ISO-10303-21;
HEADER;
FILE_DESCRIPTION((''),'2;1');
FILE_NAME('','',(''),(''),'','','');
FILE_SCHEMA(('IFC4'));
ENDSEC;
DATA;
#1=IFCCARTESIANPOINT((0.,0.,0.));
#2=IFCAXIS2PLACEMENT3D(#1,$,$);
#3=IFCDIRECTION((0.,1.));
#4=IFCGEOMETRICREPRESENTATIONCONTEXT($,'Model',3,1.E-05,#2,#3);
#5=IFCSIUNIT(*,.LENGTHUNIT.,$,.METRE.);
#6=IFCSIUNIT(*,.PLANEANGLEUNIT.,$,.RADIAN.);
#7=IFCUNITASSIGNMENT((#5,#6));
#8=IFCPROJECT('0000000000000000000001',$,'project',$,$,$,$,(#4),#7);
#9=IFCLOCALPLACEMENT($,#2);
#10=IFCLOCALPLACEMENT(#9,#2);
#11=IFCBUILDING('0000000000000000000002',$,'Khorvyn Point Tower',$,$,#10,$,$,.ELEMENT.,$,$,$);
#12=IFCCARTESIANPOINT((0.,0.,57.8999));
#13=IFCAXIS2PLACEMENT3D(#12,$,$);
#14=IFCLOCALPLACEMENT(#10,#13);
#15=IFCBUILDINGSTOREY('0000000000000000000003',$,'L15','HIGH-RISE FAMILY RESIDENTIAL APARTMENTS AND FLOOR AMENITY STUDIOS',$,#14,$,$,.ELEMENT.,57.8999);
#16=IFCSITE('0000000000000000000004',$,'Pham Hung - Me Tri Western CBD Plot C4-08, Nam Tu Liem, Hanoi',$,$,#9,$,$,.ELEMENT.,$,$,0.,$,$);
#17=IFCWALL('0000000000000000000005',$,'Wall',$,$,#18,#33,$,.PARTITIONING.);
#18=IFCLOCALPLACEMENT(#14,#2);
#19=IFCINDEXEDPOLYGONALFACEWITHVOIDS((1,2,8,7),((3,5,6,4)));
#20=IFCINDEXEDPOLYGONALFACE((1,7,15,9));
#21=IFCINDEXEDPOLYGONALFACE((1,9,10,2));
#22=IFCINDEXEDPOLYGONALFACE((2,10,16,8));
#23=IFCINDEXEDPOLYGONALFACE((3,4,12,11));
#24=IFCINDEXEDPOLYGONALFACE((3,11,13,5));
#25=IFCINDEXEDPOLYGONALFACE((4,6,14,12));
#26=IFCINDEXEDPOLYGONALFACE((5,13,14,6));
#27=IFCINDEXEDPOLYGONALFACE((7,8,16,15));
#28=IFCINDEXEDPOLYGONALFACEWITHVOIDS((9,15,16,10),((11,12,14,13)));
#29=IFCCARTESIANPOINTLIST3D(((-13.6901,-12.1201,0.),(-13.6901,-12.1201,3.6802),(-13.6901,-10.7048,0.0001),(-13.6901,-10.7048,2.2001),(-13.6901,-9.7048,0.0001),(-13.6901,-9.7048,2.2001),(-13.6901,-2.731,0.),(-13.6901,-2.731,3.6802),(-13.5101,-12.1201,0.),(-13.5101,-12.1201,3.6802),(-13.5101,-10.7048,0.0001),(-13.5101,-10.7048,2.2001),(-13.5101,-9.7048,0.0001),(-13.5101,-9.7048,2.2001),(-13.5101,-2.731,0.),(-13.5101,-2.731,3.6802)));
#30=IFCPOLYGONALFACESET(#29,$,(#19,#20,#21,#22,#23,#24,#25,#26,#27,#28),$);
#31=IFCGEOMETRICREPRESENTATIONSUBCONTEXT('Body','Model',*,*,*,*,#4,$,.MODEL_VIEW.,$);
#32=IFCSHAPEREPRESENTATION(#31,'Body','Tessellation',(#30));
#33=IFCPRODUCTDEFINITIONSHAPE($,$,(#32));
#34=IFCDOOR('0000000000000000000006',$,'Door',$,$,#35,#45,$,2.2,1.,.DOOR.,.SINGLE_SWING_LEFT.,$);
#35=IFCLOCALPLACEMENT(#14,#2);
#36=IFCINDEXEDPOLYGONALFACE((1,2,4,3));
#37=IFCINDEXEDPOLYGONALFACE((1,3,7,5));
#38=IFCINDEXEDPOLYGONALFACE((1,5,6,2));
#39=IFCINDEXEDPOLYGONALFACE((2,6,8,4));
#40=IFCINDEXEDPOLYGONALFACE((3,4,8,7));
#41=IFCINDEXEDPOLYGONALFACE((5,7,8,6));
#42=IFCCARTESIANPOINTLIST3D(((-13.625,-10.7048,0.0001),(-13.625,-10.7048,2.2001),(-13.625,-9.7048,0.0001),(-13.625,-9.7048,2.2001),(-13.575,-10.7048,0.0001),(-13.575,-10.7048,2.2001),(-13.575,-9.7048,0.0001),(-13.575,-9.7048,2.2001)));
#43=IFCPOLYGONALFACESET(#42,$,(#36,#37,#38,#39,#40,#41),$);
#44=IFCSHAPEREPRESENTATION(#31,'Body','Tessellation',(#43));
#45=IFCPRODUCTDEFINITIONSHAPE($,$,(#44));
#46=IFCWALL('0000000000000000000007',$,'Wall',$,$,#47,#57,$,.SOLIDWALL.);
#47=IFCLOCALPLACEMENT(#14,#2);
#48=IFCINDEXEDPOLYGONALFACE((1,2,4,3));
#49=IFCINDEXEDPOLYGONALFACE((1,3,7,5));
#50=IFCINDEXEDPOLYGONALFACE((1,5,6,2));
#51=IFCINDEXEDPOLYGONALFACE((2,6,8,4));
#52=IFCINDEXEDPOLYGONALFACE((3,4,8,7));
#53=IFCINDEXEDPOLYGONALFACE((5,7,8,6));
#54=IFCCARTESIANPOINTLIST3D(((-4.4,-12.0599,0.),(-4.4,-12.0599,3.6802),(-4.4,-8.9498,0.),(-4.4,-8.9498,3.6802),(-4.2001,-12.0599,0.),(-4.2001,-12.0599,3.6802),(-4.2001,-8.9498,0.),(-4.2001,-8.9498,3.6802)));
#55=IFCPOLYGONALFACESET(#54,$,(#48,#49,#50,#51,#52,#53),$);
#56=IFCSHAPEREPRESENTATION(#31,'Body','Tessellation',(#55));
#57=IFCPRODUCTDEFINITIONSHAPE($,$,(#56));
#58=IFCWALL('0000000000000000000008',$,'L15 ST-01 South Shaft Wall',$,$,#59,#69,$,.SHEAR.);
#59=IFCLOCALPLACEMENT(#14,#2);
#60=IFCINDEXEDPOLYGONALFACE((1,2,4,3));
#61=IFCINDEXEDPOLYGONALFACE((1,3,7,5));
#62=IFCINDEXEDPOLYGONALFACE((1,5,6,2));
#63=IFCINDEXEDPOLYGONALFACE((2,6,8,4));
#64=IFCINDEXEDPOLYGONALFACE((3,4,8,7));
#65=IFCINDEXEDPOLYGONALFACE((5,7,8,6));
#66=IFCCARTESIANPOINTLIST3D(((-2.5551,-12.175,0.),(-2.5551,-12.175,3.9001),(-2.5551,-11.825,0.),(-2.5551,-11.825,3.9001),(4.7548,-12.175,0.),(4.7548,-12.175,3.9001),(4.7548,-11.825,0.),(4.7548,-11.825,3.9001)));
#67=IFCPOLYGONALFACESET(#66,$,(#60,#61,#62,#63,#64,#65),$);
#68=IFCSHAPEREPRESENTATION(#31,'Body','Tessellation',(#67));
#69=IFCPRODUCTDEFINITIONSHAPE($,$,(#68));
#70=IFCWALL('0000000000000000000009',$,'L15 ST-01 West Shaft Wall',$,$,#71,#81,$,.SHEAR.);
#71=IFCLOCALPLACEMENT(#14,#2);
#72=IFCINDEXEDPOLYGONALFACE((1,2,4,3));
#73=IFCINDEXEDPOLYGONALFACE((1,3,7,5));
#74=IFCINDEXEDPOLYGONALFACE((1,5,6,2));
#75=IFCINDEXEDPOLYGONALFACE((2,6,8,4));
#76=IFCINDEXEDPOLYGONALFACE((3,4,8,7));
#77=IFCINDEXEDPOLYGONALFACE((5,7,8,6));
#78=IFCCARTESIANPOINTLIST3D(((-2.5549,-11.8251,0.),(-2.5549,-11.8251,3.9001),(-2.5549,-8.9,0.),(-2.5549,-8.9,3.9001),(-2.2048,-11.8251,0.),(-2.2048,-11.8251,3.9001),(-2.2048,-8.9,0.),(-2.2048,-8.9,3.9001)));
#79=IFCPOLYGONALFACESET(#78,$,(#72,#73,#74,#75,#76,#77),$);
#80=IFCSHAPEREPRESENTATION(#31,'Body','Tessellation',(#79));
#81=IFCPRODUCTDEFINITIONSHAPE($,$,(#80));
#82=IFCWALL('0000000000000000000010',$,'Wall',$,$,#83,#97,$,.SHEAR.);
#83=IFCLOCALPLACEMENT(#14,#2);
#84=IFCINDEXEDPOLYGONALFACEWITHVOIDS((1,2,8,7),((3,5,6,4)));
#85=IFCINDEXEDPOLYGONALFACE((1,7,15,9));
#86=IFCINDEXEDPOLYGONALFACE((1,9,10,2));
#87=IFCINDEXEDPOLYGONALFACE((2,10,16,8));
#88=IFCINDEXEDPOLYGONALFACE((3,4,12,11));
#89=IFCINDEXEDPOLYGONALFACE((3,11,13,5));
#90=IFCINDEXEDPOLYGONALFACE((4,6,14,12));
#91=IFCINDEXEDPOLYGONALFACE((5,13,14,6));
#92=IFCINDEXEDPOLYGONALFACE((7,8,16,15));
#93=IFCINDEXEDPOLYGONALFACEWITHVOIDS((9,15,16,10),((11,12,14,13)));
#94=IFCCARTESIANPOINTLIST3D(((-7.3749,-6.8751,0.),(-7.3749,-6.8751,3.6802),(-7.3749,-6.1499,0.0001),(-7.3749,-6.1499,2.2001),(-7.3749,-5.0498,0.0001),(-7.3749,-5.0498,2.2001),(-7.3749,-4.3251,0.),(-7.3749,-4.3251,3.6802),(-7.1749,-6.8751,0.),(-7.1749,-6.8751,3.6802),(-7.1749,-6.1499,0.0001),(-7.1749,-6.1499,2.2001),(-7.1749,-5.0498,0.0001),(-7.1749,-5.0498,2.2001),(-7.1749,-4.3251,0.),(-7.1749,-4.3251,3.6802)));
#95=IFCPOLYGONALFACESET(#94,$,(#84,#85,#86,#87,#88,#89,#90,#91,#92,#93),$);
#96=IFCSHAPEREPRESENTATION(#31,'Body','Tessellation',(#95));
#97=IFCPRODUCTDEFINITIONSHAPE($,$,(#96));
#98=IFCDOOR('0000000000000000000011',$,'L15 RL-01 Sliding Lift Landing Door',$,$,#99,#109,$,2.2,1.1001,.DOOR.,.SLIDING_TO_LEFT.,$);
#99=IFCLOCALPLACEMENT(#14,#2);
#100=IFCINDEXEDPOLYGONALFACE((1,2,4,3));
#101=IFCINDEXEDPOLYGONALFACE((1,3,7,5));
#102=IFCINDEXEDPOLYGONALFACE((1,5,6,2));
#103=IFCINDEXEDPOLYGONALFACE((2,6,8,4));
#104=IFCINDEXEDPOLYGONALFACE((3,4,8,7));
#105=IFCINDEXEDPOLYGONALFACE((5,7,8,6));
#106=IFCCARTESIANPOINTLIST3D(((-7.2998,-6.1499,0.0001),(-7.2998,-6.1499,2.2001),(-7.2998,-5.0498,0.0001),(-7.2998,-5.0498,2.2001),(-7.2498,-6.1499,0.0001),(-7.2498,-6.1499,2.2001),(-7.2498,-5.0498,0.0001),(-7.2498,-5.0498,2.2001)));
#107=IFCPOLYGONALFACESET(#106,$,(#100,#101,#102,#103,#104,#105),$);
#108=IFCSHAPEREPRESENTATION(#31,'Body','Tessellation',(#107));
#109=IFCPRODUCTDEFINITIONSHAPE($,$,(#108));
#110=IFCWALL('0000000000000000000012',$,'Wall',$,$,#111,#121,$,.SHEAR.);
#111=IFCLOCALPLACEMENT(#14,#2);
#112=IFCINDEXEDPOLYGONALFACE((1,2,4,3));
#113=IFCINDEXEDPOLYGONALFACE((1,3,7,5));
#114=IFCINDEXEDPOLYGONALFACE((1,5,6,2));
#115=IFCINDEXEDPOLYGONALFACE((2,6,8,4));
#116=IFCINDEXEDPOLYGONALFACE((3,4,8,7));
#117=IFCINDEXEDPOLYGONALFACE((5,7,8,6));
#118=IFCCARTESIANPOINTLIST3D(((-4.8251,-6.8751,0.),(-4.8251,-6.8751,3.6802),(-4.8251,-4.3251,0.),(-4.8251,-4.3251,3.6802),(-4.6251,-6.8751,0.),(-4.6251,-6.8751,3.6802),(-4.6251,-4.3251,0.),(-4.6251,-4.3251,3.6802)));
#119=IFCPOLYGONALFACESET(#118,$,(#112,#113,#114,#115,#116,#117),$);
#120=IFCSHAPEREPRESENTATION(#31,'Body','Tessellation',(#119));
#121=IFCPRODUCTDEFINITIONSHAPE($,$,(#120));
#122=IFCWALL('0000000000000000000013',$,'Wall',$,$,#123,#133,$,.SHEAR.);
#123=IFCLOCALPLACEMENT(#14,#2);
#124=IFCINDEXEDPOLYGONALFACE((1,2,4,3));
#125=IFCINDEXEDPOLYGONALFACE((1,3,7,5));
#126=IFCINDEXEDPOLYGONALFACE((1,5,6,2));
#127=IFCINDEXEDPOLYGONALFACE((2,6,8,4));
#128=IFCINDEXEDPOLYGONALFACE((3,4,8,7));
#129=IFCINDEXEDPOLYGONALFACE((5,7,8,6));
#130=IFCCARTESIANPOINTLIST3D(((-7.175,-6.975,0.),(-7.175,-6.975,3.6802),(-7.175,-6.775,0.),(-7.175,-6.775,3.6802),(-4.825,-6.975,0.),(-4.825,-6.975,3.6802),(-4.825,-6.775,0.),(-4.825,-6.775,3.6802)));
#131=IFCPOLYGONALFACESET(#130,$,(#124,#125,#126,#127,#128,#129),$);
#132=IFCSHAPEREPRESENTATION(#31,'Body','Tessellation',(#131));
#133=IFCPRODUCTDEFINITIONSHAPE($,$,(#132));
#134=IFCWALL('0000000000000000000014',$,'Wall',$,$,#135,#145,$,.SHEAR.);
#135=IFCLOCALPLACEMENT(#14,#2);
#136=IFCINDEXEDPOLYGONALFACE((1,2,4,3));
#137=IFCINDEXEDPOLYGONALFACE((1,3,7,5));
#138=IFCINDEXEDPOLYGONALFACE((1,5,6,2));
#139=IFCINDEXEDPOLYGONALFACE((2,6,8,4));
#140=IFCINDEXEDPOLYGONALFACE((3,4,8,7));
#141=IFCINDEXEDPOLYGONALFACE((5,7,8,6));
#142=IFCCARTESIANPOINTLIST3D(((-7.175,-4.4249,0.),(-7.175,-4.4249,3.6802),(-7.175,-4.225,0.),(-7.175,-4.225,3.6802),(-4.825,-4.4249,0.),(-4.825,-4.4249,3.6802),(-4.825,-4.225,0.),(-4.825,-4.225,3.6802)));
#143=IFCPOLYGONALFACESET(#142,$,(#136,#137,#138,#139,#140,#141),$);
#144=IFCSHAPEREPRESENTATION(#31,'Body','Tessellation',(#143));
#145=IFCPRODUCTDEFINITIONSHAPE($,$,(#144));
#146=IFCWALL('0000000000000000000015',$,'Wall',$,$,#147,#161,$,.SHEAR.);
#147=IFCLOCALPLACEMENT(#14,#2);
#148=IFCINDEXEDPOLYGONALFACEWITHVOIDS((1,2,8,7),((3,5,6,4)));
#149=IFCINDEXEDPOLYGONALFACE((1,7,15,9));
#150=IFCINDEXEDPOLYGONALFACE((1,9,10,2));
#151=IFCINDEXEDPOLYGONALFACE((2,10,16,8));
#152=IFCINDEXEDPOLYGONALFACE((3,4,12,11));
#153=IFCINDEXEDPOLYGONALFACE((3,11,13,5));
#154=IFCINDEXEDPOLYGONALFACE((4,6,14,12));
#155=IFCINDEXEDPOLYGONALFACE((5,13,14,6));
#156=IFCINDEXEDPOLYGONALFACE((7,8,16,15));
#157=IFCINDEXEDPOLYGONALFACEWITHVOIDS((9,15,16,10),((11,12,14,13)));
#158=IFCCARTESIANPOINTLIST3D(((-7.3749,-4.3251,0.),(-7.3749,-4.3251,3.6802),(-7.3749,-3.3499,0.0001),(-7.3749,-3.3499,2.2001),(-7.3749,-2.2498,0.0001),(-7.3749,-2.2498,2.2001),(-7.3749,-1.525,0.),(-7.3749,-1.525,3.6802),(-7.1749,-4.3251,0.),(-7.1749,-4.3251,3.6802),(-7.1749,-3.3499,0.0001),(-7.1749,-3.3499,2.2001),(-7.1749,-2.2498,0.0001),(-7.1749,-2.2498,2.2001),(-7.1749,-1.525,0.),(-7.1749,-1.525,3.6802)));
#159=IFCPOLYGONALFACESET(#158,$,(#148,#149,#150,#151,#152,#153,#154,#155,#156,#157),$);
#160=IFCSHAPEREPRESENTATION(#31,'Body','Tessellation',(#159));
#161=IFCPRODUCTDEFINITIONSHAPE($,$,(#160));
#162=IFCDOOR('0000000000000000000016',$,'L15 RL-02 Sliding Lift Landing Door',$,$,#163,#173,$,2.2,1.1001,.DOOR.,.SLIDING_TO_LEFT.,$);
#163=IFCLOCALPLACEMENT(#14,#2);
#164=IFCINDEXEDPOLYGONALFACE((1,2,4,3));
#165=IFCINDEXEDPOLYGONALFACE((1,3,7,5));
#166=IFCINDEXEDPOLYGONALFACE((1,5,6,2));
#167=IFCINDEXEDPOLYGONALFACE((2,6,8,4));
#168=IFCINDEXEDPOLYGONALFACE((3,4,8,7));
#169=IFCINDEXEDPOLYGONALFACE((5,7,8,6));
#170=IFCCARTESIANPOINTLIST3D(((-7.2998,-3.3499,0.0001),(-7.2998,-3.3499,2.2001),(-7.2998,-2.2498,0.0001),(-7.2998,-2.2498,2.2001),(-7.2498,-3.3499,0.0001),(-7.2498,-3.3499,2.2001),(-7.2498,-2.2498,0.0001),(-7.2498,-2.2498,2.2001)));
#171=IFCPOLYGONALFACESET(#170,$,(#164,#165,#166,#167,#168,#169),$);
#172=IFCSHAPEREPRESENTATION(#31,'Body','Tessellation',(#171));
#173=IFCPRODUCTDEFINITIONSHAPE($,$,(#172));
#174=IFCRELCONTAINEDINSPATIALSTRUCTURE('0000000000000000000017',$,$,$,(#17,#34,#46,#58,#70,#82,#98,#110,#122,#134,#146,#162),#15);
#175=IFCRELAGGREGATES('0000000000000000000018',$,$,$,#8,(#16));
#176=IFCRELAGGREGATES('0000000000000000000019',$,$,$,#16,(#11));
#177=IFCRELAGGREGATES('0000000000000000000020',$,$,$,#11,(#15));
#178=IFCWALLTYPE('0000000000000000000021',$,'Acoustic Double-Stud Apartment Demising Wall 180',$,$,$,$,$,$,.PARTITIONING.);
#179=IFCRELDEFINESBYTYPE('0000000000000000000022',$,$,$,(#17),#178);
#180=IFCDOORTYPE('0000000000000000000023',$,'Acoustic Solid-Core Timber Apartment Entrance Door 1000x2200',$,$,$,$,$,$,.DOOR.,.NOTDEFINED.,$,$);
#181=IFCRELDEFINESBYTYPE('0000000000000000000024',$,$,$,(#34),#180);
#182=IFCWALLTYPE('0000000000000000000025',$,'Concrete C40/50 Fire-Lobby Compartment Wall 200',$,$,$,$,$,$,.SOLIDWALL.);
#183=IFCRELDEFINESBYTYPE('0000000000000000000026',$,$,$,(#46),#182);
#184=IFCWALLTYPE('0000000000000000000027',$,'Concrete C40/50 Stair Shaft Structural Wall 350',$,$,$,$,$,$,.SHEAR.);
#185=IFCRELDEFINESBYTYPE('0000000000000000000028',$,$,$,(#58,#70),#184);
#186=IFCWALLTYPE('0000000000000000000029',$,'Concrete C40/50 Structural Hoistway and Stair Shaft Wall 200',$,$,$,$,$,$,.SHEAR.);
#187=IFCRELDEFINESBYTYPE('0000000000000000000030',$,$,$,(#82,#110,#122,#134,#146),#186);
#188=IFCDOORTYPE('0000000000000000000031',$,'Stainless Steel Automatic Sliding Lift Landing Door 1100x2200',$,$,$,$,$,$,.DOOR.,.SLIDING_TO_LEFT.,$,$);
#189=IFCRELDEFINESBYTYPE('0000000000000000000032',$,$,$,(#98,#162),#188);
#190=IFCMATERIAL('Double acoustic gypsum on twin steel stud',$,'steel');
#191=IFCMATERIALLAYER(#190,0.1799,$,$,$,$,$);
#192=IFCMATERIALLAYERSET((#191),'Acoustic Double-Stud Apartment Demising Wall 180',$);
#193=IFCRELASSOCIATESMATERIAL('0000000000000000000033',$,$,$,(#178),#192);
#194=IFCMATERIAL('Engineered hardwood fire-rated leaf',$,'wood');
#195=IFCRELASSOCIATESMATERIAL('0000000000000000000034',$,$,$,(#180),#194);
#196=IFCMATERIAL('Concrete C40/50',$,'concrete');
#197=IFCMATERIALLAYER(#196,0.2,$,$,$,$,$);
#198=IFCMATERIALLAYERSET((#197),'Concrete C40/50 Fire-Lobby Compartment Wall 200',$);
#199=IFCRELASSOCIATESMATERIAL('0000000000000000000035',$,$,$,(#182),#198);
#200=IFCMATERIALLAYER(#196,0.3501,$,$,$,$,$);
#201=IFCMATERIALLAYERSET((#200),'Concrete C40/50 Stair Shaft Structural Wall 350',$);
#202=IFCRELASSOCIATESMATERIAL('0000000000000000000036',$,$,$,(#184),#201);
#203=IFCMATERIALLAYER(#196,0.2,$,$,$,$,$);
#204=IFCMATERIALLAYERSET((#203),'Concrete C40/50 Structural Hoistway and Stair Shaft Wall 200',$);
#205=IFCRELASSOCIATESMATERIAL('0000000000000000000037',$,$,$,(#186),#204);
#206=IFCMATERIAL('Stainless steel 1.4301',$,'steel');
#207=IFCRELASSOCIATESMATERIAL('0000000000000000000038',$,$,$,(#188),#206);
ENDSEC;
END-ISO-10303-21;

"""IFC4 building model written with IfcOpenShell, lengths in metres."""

from ifc_helpers import new_model, si_unit, direction, frame, frame_2d, origin, place, context, subcontext, project, spatial, rectangle, extrude, material, layer, layer_set, type_object, element, fill, save


model = new_model("IFC4")

# Units and contexts
model_context = context("Model", 3, precision=1e-05, world=origin(), true_north=direction((0.0, 1.0)))
body_context = subcontext(model_context, "Body", "Model", "MODEL_VIEW")
ifc_project = project(units=[si_unit("LENGTHUNIT", "METRE"), si_unit("PLANEANGLEUNIT", "RADIAN")], contexts=[model_context])

# Site, building, storey
site_placement = place(None, origin())
site = spatial("IfcSite", under=ifc_project, at=site_placement, Name="Pham Hung - Me Tri Western CBD Plot C4-08, Nam Tu Liem, Hanoi", CompositionType="ELEMENT", RefElevation=0.0)
building_placement = place(site_placement, origin())
building = spatial("IfcBuilding", under=site, at=building_placement, Name="Khorvyn Point Tower", CompositionType="ELEMENT")
storey_placement = place(building_placement, frame((0.0, 0.0, 57.8999)))
storey = spatial("IfcBuildingStorey", under=building, at=storey_placement, Name="L15", Description="HIGH-RISE FAMILY RESIDENTIAL APARTMENTS AND FLOOR AMENITY STUDIOS", CompositionType="ELEMENT", Elevation=57.8999)

# Shared definitions
ifc_material_1 = material(Name="Concrete C40/50", Category="concrete")

# Wall, opening, door
ifc_material_2 = material(Name="Double acoustic gypsum on twin steel stud", Category="steel")
ifc_layer_1 = layer(ifc_material_2, 0.1799)
ifc_layer_set_1 = layer_set([ifc_layer_1], Name="Acoustic Double-Stud Apartment Demising Wall 180")
wall_type_1 = type_object("IfcWallType", Name="Acoustic Double-Stud Apartment Demising Wall 180", PredefinedType="PARTITIONING", material=ifc_layer_set_1)
ifc_material_3 = material(Name="Engineered hardwood fire-rated leaf", Category="wood")
door_type_1 = type_object("IfcDoorType", Name="Acoustic Solid-Core Timber Apartment Entrance Door 1000x2200", OperationType="NOTDEFINED", PredefinedType="DOOR", material=ifc_material_3)
wall_1_placement = place(storey_placement, frame((-13.6001, -12.1201, 0.0), z_axis=(0.0, 0.0, 1.0), x_axis=(0.0, 1.0, 0.0)))
wall_1 = element("IfcWall", 1, at=wall_1_placement, inside=storey, type_object=wall_type_1, Name="Wall", PredefinedType="PARTITIONING", context=body_context, shape_type="SweptSolid", body=[
    extrude(rectangle(XDim=9.3892, YDim=0.1799, at=frame_2d((4.6946, 0.0))), origin(), (0.0, 0.0, 1.0), 3.6802),
])
opening_1_placement = place(wall_1_placement, frame((1.4153, 0.0, 0.0)))
opening_1 = element("IfcOpeningElement", 2, at=opening_1_placement, cuts=wall_1, PredefinedType="OPENING", context=body_context, shape_type="SweptSolid", body=[
    extrude(rectangle(XDim=1.0, YDim=2.2, at=frame_2d((0.5, 1.1001))), frame((0.0, 0.0999, 0.0), z_axis=(0.0, -1.0, 0.0), x_axis=(1.0, 0.0, 0.0)), (0.0, 0.0, 1.0), 0.2),
])
door_1_placement = place(opening_1_placement, origin())
door_1 = element("IfcDoor", 3, at=door_1_placement, inside=storey, type_object=door_type_1, Name="Door", OperationType="SINGLE_SWING_LEFT", OverallHeight=2.2, OverallWidth=1.0, PredefinedType="DOOR", context=body_context, shape_type="SweptSolid", body=[
    extrude(rectangle(XDim=1.0, YDim=2.2, at=frame_2d((0.5, 1.1001))), frame((0.0, 0.0249, 0.0), z_axis=(0.0, -1.0, 0.0), x_axis=(1.0, 0.0, 0.0)), (0.0, 0.0, 1.0), 0.05),
])
fill(opening_1, door_1)
ifc_layer_2 = layer(ifc_material_1, 0.2)
ifc_layer_set_2 = layer_set([ifc_layer_2], Name="Concrete C40/50 Fire-Lobby Compartment Wall 200")
wall_type_2 = type_object("IfcWallType", Name="Concrete C40/50 Fire-Lobby Compartment Wall 200", PredefinedType="SOLIDWALL", material=ifc_layer_set_2)

# Walls
wall_2_placement = place(storey_placement, frame((-4.3, -12.0601, 0.0), z_axis=(0.0, 0.0, 1.0), x_axis=(0.0, 1.0, 0.0)))
element("IfcWall", 4, at=wall_2_placement, inside=storey, type_object=wall_type_2, Name="Wall", PredefinedType="SOLIDWALL", context=body_context, shape_type="SweptSolid", body=[
    extrude(rectangle(XDim=3.1101, YDim=0.2, at=frame_2d((1.5552, 0.0))), origin(), (0.0, 0.0, 1.0), 3.6802),
])
ifc_layer_3 = layer(ifc_material_1, 0.3501)
ifc_layer_set_3 = layer_set([ifc_layer_3], Name="Concrete C40/50 Stair Shaft Structural Wall 350")
wall_type_3 = type_object("IfcWallType", Name="Concrete C40/50 Stair Shaft Structural Wall 350", PredefinedType="SHEAR", material=ifc_layer_set_3)
wall_3_placement = place(storey_placement, frame((-2.5549, -12.0, 0.0), z_axis=(0.0, 0.0, 1.0), x_axis=(1.0, 0.0, 0.0)))
element("IfcWall", 5, at=wall_3_placement, inside=storey, type_object=wall_type_3, Name="L15 ST-01 South Shaft Wall", PredefinedType="SHEAR", context=body_context, shape_type="SweptSolid", body=[
    extrude(rectangle(XDim=7.3098, YDim=0.3501, at=frame_2d((3.6548, 0.0))), origin(), (0.0, 0.0, 1.0), 3.9001),
])
wall_4_placement = place(storey_placement, frame((-2.3799, -11.825, 0.0), z_axis=(0.0, 0.0, 1.0), x_axis=(0.0, 1.0, 0.0)))
element("IfcWall", 6, at=wall_4_placement, inside=storey, type_object=wall_type_3, Name="L15 ST-01 West Shaft Wall", PredefinedType="SHEAR", context=body_context, shape_type="SweptSolid", body=[
    extrude(rectangle(XDim=2.925, YDim=0.3501, at=frame_2d((1.4624, 0.0))), origin(), (0.0, 0.0, 1.0), 3.9001),
])

# Wall, opening, door
ifc_layer_4 = layer(ifc_material_1, 0.2)
ifc_layer_set_4 = layer_set([ifc_layer_4], Name="Concrete C40/50 Structural Hoistway and Stair Shaft Wall 200")
wall_type_4 = type_object("IfcWallType", Name="Concrete C40/50 Structural Hoistway and Stair Shaft Wall 200", PredefinedType="SHEAR", material=ifc_layer_set_4)
wall_5_placement = place(storey_placement, frame((-7.2749, -6.875, 0.0), z_axis=(0.0, 0.0, 1.0), x_axis=(0.0, 1.0, 0.0)))
wall_5 = element("IfcWall", 7, at=wall_5_placement, inside=storey, type_object=wall_type_4, Name="Wall", PredefinedType="SHEAR", context=body_context, shape_type="SweptSolid", body=[
    extrude(rectangle(XDim=2.55, YDim=0.2, at=frame_2d((1.2749, 0.0))), origin(), (0.0, 0.0, 1.0), 3.6802),
])
opening_2_placement = place(wall_5_placement, frame((0.7251, 0.0, 0.0)))
opening_2 = element("IfcOpeningElement", 8, at=opening_2_placement, cuts=wall_5, PredefinedType="OPENING", context=body_context, shape_type="SweptSolid", body=[
    extrude(rectangle(XDim=1.1001, YDim=2.2, at=frame_2d((0.55, 1.1001))), frame((0.0, 0.1099, 0.0), z_axis=(0.0, -1.0, 0.0), x_axis=(1.0, 0.0, 0.0)), (0.0, 0.0, 1.0), 0.22),
])
ifc_material_4 = material(Name="Stainless steel 1.4301", Category="steel")
door_type_2 = type_object("IfcDoorType", Name="Stainless Steel Automatic Sliding Lift Landing Door 1100x2200", OperationType="SLIDING_TO_LEFT", PredefinedType="DOOR", material=ifc_material_4)
door_2_placement = place(opening_2_placement, origin())
door_2 = element("IfcDoor", 9, at=door_2_placement, inside=storey, type_object=door_type_2, Name="L15 RL-01 Sliding Lift Landing Door", OperationType="SLIDING_TO_LEFT", OverallHeight=2.2, OverallWidth=1.1001, PredefinedType="DOOR", context=body_context, shape_type="SweptSolid", body=[
    extrude(rectangle(XDim=1.1001, YDim=2.2, at=frame_2d((0.55, 1.1001))), frame((0.0, 0.0249, 0.0), z_axis=(0.0, -1.0, 0.0), x_axis=(1.0, 0.0, 0.0)), (0.0, 0.0, 1.0), 0.05),
])
fill(opening_2, door_2)

# Walls
wall_6_placement = place(storey_placement, frame((-4.7251, -6.875, 0.0), z_axis=(0.0, 0.0, 1.0), x_axis=(0.0, 1.0, 0.0)))
element("IfcWall", 10, at=wall_6_placement, inside=storey, type_object=wall_type_4, Name="Wall", PredefinedType="SHEAR", context=body_context, shape_type="SweptSolid", body=[
    extrude(rectangle(XDim=2.55, YDim=0.2, at=frame_2d((1.2749, 0.0))), origin(), (0.0, 0.0, 1.0), 3.6802),
])
for number, where, z_axis, x_axis, name in (
    (11, (-7.175, -6.875, 0.0), (0.0, 0.0, 1.0), (1.0, 0.0, 0.0), "Wall"),
    (12, (-7.175, -4.325, 0.0), (0.0, 0.0, 1.0), (1.0, 0.0, 0.0), "Wall"),
):
    element("IfcWall", number, at=place(storey_placement, frame(where, z_axis=z_axis, x_axis=x_axis)), inside=storey, type_object=wall_type_4, Name=name, PredefinedType="SHEAR", context=body_context, shape_type="SweptSolid", body=[
        extrude(rectangle(XDim=2.3501, YDim=0.2, at=frame_2d((1.175, 0.0))), origin(), (0.0, 0.0, 1.0), 3.6802),
    ])

# Wall, opening, door
wall_7_placement = place(storey_placement, frame((-7.2749, -4.325, 0.0), z_axis=(0.0, 0.0, 1.0), x_axis=(0.0, 1.0, 0.0)))
wall_7 = element("IfcWall", 13, at=wall_7_placement, inside=storey, type_object=wall_type_4, Name="Wall", PredefinedType="SHEAR", context=body_context, shape_type="SweptSolid", body=[
    extrude(rectangle(XDim=2.8, YDim=0.2, at=frame_2d((1.3999, 0.0))), origin(), (0.0, 0.0, 1.0), 3.6802),
])
opening_3_placement = place(wall_7_placement, frame((0.9751, 0.0, 0.0)))
opening_3 = element("IfcOpeningElement", 14, at=opening_3_placement, cuts=wall_7, PredefinedType="OPENING", context=body_context, shape_type="SweptSolid", body=[
    extrude(rectangle(XDim=1.1001, YDim=2.2, at=frame_2d((0.55, 1.1001))), frame((0.0, 0.1099, 0.0), z_axis=(0.0, -1.0, 0.0), x_axis=(1.0, 0.0, 0.0)), (0.0, 0.0, 1.0), 0.22),
])
door_3_placement = place(opening_3_placement, origin())
door_3 = element("IfcDoor", 15, at=door_3_placement, inside=storey, type_object=door_type_2, Name="L15 RL-02 Sliding Lift Landing Door", OperationType="SLIDING_TO_LEFT", OverallHeight=2.2, OverallWidth=1.1001, PredefinedType="DOOR", context=body_context, shape_type="SweptSolid", body=[
    extrude(rectangle(XDim=1.1001, YDim=2.2, at=frame_2d((0.55, 1.1001))), frame((0.0, 0.0249, 0.0), z_axis=(0.0, -1.0, 0.0), x_axis=(1.0, 0.0, 0.0)), (0.0, 0.0, 1.0), 0.05),
])
fill(opening_3, door_3)

save(model, "model.ifc")
